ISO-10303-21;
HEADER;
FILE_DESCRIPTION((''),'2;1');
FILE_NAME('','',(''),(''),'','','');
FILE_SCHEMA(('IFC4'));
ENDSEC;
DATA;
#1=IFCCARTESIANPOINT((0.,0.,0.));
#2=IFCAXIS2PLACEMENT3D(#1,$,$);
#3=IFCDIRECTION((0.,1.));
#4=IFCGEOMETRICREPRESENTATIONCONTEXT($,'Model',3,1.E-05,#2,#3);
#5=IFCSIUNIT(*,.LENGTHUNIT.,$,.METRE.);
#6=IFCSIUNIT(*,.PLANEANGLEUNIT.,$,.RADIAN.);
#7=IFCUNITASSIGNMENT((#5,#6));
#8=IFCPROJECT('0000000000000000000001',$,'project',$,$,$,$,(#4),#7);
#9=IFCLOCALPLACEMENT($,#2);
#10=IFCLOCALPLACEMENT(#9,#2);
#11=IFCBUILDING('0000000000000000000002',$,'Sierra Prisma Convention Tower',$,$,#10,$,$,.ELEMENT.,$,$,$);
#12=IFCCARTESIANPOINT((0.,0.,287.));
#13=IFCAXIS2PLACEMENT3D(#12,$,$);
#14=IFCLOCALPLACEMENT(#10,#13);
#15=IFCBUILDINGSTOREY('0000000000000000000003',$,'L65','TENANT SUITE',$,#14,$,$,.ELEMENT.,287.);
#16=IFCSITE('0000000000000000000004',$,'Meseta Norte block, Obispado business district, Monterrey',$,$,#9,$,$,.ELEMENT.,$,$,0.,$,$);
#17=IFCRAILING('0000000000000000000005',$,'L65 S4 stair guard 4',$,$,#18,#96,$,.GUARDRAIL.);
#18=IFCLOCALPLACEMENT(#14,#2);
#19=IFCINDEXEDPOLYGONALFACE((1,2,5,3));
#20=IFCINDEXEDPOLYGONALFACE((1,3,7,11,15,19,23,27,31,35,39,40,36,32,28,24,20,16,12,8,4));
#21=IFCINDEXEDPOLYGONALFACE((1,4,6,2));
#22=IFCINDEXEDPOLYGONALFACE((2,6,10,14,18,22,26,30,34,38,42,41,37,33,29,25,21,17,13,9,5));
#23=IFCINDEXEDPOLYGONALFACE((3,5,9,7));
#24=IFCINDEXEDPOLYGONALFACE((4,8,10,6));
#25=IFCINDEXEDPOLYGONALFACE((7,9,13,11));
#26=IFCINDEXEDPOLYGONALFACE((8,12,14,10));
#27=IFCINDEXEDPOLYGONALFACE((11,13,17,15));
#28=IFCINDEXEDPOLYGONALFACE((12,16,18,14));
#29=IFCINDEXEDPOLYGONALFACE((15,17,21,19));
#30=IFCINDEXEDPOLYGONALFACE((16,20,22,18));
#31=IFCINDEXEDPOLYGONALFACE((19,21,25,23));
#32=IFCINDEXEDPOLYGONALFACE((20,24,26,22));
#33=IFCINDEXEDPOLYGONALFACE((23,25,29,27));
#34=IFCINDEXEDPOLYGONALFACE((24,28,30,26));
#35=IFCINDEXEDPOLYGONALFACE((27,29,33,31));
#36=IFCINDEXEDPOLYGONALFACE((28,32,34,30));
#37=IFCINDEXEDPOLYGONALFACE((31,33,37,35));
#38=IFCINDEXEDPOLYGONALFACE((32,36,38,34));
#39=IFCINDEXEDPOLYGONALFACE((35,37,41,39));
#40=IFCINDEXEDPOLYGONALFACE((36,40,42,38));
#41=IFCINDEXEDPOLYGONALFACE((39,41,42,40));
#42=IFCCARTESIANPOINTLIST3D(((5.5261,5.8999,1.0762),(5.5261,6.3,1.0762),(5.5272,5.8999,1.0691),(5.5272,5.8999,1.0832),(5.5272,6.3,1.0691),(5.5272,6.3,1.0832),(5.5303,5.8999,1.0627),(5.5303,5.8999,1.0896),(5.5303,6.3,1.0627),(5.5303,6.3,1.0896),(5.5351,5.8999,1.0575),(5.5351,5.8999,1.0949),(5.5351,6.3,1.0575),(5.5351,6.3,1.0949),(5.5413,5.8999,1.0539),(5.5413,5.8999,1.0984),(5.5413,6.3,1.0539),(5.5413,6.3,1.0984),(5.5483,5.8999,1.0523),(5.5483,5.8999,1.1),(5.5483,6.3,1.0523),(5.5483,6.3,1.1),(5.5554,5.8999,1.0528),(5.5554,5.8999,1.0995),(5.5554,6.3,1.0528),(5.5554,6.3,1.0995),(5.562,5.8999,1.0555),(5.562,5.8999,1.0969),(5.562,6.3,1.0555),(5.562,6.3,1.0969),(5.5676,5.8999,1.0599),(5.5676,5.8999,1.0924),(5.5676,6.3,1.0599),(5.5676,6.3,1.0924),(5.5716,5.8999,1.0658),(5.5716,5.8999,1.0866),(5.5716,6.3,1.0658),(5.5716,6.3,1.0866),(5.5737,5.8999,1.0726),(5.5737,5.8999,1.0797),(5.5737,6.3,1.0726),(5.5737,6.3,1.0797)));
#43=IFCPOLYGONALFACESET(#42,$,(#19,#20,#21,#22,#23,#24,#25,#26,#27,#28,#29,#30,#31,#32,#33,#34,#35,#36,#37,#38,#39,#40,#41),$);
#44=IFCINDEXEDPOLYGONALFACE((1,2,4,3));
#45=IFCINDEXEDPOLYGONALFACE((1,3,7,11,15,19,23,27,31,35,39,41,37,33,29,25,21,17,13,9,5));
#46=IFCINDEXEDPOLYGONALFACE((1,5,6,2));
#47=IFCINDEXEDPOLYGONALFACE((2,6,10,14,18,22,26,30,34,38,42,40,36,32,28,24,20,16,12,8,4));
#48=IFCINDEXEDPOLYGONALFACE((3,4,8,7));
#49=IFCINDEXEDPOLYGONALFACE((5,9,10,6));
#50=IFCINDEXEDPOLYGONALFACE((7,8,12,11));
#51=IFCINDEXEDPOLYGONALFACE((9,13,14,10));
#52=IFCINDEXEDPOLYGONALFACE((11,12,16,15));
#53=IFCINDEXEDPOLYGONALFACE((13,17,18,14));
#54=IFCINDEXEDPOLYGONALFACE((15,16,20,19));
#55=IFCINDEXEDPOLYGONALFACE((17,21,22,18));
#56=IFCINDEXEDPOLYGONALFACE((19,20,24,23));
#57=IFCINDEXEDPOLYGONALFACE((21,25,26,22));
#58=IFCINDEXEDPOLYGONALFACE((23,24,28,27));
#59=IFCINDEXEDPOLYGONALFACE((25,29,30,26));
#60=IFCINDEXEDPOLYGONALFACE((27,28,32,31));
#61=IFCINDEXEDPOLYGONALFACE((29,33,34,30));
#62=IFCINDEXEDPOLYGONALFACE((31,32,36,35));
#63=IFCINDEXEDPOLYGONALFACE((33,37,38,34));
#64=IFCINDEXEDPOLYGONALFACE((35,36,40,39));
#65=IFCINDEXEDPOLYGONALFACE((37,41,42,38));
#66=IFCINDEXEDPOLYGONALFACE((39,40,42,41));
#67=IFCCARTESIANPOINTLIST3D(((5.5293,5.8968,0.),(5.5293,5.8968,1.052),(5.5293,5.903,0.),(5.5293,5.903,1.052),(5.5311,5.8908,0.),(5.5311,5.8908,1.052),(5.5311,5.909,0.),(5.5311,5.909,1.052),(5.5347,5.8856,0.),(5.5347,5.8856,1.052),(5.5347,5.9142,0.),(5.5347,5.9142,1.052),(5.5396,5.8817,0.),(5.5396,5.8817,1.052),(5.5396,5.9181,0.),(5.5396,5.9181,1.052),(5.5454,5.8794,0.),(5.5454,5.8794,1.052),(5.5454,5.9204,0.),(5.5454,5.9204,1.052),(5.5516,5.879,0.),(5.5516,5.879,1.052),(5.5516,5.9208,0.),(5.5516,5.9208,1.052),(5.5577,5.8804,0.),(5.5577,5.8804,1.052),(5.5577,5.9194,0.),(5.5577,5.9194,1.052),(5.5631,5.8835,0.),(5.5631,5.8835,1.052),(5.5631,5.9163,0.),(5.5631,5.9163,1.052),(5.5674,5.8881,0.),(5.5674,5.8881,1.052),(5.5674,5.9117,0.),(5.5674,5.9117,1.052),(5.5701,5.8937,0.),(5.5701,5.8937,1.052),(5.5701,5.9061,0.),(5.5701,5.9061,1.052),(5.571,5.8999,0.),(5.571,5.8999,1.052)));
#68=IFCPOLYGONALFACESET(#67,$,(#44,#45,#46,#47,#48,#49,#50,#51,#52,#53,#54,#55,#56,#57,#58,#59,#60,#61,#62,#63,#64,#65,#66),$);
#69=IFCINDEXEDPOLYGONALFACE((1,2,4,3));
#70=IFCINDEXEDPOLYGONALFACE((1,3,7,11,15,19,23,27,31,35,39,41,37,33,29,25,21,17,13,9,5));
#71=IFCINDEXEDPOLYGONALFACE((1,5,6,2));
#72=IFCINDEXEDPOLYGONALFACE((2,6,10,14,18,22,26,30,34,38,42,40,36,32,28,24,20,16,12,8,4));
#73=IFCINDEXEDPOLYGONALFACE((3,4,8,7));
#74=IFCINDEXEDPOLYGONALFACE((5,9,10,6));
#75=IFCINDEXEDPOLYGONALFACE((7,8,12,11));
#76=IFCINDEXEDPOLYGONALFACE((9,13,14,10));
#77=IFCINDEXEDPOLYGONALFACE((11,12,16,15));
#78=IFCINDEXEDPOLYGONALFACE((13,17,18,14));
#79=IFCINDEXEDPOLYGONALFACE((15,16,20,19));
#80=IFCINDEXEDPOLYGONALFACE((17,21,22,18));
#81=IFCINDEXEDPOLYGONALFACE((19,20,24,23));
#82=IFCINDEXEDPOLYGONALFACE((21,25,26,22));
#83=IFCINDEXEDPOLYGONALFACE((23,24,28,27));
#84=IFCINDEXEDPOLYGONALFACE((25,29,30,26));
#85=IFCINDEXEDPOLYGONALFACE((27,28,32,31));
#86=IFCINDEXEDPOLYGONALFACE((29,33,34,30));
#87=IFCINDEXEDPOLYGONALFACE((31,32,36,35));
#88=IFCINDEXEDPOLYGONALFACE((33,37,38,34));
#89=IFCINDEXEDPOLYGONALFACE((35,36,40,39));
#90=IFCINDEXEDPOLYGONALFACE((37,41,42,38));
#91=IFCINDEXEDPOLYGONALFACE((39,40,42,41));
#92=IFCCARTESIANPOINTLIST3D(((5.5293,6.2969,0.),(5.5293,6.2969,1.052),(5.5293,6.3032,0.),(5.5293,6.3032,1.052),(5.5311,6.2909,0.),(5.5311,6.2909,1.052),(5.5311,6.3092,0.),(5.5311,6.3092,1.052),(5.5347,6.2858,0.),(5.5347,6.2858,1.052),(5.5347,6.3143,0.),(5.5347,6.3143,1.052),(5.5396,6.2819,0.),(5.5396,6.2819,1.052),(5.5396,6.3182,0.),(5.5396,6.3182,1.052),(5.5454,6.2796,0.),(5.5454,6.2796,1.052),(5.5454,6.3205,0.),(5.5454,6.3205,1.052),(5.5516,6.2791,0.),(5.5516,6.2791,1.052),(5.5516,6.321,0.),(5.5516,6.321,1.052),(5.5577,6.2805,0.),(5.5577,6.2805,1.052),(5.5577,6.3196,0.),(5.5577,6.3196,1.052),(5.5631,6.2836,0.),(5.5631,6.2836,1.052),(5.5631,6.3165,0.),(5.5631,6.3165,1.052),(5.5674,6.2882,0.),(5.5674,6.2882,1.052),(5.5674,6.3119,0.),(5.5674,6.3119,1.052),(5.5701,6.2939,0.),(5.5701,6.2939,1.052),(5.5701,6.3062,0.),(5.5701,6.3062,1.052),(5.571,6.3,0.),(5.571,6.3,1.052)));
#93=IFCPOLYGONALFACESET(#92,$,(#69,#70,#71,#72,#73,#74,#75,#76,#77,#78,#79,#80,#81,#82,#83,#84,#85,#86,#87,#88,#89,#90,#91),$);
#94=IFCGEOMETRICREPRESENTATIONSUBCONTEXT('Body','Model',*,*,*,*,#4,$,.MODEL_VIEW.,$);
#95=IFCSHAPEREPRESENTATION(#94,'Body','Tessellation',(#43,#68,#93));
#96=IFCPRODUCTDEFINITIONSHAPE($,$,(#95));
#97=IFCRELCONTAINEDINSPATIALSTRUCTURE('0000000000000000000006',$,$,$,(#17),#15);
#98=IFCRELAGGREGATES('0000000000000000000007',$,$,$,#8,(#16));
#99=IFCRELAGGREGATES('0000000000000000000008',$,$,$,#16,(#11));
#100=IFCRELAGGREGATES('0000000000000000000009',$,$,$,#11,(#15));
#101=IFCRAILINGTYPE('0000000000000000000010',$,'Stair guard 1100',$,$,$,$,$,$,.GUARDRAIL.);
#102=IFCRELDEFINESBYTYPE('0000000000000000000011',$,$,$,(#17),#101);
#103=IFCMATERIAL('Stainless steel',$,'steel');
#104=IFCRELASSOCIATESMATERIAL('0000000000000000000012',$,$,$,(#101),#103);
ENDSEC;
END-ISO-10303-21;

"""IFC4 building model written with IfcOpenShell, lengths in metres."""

from ifc_helpers import new_model, si_unit, direction, frame, origin, origin_2d, place, context, subcontext, project, spatial, circle, extrude, material, type_object, element, save


model = new_model("IFC4")

# Units and contexts
model_context = context("Model", 3, precision=1e-05, world=origin(), true_north=direction((0.0, 1.0)))
body_context = subcontext(model_context, "Body", "Model", "MODEL_VIEW")
ifc_project = project(units=[si_unit("LENGTHUNIT", "METRE"), si_unit("PLANEANGLEUNIT", "RADIAN")], contexts=[model_context])

# Site, building, storey
site_placement = place(None, origin())
site = spatial("IfcSite", under=ifc_project, at=site_placement, Name="Meseta Norte block, Obispado business district, Monterrey", CompositionType="ELEMENT", RefElevation=0.0)
building_placement = place(site_placement, origin())
building = spatial("IfcBuilding", under=site, at=building_placement, Name="Sierra Prisma Convention Tower", CompositionType="ELEMENT")
storey_placement = place(building_placement, frame((0.0, 0.0, 287.0)))
storey = spatial("IfcBuildingStorey", under=building, at=storey_placement, Name="L65", Description="TENANT SUITE", CompositionType="ELEMENT", Elevation=287.0)

# Railing
ifc_material_1 = material(Name="Stainless steel", Category="steel")
railing_type_1 = type_object("IfcRailingType", Name="Stair guard 1100", PredefinedType="GUARDRAIL", material=ifc_material_1)
railing_1_placement = place(storey_placement, frame((5.55, 5.8999, 0.0)))
element("IfcRailing", 1, at=railing_1_placement, inside=storey, type_object=railing_type_1, Name="L65 S4 stair guard 4", PredefinedType="GUARDRAIL", context=body_context, shape_type="SweptSolid", body=[
    extrude(circle(Radius=0.0239, at=origin_2d()), frame((0.0, 0.0, 1.0762), z_axis=(0.0, 1.0, 0.0), x_axis=(-1.0, 0.0, 0.0)), (0.0, 0.0, 1.0), 0.4001),
    extrude(circle(Radius=0.021, at=origin_2d()), origin(), (0.0, 0.0, 1.0), 1.052),
    extrude(circle(Radius=0.021, at=origin_2d()), frame((0.0, 0.4001, 0.0)), (0.0, 0.0, 1.0), 1.052),
])

save(model, "model.ifc")
